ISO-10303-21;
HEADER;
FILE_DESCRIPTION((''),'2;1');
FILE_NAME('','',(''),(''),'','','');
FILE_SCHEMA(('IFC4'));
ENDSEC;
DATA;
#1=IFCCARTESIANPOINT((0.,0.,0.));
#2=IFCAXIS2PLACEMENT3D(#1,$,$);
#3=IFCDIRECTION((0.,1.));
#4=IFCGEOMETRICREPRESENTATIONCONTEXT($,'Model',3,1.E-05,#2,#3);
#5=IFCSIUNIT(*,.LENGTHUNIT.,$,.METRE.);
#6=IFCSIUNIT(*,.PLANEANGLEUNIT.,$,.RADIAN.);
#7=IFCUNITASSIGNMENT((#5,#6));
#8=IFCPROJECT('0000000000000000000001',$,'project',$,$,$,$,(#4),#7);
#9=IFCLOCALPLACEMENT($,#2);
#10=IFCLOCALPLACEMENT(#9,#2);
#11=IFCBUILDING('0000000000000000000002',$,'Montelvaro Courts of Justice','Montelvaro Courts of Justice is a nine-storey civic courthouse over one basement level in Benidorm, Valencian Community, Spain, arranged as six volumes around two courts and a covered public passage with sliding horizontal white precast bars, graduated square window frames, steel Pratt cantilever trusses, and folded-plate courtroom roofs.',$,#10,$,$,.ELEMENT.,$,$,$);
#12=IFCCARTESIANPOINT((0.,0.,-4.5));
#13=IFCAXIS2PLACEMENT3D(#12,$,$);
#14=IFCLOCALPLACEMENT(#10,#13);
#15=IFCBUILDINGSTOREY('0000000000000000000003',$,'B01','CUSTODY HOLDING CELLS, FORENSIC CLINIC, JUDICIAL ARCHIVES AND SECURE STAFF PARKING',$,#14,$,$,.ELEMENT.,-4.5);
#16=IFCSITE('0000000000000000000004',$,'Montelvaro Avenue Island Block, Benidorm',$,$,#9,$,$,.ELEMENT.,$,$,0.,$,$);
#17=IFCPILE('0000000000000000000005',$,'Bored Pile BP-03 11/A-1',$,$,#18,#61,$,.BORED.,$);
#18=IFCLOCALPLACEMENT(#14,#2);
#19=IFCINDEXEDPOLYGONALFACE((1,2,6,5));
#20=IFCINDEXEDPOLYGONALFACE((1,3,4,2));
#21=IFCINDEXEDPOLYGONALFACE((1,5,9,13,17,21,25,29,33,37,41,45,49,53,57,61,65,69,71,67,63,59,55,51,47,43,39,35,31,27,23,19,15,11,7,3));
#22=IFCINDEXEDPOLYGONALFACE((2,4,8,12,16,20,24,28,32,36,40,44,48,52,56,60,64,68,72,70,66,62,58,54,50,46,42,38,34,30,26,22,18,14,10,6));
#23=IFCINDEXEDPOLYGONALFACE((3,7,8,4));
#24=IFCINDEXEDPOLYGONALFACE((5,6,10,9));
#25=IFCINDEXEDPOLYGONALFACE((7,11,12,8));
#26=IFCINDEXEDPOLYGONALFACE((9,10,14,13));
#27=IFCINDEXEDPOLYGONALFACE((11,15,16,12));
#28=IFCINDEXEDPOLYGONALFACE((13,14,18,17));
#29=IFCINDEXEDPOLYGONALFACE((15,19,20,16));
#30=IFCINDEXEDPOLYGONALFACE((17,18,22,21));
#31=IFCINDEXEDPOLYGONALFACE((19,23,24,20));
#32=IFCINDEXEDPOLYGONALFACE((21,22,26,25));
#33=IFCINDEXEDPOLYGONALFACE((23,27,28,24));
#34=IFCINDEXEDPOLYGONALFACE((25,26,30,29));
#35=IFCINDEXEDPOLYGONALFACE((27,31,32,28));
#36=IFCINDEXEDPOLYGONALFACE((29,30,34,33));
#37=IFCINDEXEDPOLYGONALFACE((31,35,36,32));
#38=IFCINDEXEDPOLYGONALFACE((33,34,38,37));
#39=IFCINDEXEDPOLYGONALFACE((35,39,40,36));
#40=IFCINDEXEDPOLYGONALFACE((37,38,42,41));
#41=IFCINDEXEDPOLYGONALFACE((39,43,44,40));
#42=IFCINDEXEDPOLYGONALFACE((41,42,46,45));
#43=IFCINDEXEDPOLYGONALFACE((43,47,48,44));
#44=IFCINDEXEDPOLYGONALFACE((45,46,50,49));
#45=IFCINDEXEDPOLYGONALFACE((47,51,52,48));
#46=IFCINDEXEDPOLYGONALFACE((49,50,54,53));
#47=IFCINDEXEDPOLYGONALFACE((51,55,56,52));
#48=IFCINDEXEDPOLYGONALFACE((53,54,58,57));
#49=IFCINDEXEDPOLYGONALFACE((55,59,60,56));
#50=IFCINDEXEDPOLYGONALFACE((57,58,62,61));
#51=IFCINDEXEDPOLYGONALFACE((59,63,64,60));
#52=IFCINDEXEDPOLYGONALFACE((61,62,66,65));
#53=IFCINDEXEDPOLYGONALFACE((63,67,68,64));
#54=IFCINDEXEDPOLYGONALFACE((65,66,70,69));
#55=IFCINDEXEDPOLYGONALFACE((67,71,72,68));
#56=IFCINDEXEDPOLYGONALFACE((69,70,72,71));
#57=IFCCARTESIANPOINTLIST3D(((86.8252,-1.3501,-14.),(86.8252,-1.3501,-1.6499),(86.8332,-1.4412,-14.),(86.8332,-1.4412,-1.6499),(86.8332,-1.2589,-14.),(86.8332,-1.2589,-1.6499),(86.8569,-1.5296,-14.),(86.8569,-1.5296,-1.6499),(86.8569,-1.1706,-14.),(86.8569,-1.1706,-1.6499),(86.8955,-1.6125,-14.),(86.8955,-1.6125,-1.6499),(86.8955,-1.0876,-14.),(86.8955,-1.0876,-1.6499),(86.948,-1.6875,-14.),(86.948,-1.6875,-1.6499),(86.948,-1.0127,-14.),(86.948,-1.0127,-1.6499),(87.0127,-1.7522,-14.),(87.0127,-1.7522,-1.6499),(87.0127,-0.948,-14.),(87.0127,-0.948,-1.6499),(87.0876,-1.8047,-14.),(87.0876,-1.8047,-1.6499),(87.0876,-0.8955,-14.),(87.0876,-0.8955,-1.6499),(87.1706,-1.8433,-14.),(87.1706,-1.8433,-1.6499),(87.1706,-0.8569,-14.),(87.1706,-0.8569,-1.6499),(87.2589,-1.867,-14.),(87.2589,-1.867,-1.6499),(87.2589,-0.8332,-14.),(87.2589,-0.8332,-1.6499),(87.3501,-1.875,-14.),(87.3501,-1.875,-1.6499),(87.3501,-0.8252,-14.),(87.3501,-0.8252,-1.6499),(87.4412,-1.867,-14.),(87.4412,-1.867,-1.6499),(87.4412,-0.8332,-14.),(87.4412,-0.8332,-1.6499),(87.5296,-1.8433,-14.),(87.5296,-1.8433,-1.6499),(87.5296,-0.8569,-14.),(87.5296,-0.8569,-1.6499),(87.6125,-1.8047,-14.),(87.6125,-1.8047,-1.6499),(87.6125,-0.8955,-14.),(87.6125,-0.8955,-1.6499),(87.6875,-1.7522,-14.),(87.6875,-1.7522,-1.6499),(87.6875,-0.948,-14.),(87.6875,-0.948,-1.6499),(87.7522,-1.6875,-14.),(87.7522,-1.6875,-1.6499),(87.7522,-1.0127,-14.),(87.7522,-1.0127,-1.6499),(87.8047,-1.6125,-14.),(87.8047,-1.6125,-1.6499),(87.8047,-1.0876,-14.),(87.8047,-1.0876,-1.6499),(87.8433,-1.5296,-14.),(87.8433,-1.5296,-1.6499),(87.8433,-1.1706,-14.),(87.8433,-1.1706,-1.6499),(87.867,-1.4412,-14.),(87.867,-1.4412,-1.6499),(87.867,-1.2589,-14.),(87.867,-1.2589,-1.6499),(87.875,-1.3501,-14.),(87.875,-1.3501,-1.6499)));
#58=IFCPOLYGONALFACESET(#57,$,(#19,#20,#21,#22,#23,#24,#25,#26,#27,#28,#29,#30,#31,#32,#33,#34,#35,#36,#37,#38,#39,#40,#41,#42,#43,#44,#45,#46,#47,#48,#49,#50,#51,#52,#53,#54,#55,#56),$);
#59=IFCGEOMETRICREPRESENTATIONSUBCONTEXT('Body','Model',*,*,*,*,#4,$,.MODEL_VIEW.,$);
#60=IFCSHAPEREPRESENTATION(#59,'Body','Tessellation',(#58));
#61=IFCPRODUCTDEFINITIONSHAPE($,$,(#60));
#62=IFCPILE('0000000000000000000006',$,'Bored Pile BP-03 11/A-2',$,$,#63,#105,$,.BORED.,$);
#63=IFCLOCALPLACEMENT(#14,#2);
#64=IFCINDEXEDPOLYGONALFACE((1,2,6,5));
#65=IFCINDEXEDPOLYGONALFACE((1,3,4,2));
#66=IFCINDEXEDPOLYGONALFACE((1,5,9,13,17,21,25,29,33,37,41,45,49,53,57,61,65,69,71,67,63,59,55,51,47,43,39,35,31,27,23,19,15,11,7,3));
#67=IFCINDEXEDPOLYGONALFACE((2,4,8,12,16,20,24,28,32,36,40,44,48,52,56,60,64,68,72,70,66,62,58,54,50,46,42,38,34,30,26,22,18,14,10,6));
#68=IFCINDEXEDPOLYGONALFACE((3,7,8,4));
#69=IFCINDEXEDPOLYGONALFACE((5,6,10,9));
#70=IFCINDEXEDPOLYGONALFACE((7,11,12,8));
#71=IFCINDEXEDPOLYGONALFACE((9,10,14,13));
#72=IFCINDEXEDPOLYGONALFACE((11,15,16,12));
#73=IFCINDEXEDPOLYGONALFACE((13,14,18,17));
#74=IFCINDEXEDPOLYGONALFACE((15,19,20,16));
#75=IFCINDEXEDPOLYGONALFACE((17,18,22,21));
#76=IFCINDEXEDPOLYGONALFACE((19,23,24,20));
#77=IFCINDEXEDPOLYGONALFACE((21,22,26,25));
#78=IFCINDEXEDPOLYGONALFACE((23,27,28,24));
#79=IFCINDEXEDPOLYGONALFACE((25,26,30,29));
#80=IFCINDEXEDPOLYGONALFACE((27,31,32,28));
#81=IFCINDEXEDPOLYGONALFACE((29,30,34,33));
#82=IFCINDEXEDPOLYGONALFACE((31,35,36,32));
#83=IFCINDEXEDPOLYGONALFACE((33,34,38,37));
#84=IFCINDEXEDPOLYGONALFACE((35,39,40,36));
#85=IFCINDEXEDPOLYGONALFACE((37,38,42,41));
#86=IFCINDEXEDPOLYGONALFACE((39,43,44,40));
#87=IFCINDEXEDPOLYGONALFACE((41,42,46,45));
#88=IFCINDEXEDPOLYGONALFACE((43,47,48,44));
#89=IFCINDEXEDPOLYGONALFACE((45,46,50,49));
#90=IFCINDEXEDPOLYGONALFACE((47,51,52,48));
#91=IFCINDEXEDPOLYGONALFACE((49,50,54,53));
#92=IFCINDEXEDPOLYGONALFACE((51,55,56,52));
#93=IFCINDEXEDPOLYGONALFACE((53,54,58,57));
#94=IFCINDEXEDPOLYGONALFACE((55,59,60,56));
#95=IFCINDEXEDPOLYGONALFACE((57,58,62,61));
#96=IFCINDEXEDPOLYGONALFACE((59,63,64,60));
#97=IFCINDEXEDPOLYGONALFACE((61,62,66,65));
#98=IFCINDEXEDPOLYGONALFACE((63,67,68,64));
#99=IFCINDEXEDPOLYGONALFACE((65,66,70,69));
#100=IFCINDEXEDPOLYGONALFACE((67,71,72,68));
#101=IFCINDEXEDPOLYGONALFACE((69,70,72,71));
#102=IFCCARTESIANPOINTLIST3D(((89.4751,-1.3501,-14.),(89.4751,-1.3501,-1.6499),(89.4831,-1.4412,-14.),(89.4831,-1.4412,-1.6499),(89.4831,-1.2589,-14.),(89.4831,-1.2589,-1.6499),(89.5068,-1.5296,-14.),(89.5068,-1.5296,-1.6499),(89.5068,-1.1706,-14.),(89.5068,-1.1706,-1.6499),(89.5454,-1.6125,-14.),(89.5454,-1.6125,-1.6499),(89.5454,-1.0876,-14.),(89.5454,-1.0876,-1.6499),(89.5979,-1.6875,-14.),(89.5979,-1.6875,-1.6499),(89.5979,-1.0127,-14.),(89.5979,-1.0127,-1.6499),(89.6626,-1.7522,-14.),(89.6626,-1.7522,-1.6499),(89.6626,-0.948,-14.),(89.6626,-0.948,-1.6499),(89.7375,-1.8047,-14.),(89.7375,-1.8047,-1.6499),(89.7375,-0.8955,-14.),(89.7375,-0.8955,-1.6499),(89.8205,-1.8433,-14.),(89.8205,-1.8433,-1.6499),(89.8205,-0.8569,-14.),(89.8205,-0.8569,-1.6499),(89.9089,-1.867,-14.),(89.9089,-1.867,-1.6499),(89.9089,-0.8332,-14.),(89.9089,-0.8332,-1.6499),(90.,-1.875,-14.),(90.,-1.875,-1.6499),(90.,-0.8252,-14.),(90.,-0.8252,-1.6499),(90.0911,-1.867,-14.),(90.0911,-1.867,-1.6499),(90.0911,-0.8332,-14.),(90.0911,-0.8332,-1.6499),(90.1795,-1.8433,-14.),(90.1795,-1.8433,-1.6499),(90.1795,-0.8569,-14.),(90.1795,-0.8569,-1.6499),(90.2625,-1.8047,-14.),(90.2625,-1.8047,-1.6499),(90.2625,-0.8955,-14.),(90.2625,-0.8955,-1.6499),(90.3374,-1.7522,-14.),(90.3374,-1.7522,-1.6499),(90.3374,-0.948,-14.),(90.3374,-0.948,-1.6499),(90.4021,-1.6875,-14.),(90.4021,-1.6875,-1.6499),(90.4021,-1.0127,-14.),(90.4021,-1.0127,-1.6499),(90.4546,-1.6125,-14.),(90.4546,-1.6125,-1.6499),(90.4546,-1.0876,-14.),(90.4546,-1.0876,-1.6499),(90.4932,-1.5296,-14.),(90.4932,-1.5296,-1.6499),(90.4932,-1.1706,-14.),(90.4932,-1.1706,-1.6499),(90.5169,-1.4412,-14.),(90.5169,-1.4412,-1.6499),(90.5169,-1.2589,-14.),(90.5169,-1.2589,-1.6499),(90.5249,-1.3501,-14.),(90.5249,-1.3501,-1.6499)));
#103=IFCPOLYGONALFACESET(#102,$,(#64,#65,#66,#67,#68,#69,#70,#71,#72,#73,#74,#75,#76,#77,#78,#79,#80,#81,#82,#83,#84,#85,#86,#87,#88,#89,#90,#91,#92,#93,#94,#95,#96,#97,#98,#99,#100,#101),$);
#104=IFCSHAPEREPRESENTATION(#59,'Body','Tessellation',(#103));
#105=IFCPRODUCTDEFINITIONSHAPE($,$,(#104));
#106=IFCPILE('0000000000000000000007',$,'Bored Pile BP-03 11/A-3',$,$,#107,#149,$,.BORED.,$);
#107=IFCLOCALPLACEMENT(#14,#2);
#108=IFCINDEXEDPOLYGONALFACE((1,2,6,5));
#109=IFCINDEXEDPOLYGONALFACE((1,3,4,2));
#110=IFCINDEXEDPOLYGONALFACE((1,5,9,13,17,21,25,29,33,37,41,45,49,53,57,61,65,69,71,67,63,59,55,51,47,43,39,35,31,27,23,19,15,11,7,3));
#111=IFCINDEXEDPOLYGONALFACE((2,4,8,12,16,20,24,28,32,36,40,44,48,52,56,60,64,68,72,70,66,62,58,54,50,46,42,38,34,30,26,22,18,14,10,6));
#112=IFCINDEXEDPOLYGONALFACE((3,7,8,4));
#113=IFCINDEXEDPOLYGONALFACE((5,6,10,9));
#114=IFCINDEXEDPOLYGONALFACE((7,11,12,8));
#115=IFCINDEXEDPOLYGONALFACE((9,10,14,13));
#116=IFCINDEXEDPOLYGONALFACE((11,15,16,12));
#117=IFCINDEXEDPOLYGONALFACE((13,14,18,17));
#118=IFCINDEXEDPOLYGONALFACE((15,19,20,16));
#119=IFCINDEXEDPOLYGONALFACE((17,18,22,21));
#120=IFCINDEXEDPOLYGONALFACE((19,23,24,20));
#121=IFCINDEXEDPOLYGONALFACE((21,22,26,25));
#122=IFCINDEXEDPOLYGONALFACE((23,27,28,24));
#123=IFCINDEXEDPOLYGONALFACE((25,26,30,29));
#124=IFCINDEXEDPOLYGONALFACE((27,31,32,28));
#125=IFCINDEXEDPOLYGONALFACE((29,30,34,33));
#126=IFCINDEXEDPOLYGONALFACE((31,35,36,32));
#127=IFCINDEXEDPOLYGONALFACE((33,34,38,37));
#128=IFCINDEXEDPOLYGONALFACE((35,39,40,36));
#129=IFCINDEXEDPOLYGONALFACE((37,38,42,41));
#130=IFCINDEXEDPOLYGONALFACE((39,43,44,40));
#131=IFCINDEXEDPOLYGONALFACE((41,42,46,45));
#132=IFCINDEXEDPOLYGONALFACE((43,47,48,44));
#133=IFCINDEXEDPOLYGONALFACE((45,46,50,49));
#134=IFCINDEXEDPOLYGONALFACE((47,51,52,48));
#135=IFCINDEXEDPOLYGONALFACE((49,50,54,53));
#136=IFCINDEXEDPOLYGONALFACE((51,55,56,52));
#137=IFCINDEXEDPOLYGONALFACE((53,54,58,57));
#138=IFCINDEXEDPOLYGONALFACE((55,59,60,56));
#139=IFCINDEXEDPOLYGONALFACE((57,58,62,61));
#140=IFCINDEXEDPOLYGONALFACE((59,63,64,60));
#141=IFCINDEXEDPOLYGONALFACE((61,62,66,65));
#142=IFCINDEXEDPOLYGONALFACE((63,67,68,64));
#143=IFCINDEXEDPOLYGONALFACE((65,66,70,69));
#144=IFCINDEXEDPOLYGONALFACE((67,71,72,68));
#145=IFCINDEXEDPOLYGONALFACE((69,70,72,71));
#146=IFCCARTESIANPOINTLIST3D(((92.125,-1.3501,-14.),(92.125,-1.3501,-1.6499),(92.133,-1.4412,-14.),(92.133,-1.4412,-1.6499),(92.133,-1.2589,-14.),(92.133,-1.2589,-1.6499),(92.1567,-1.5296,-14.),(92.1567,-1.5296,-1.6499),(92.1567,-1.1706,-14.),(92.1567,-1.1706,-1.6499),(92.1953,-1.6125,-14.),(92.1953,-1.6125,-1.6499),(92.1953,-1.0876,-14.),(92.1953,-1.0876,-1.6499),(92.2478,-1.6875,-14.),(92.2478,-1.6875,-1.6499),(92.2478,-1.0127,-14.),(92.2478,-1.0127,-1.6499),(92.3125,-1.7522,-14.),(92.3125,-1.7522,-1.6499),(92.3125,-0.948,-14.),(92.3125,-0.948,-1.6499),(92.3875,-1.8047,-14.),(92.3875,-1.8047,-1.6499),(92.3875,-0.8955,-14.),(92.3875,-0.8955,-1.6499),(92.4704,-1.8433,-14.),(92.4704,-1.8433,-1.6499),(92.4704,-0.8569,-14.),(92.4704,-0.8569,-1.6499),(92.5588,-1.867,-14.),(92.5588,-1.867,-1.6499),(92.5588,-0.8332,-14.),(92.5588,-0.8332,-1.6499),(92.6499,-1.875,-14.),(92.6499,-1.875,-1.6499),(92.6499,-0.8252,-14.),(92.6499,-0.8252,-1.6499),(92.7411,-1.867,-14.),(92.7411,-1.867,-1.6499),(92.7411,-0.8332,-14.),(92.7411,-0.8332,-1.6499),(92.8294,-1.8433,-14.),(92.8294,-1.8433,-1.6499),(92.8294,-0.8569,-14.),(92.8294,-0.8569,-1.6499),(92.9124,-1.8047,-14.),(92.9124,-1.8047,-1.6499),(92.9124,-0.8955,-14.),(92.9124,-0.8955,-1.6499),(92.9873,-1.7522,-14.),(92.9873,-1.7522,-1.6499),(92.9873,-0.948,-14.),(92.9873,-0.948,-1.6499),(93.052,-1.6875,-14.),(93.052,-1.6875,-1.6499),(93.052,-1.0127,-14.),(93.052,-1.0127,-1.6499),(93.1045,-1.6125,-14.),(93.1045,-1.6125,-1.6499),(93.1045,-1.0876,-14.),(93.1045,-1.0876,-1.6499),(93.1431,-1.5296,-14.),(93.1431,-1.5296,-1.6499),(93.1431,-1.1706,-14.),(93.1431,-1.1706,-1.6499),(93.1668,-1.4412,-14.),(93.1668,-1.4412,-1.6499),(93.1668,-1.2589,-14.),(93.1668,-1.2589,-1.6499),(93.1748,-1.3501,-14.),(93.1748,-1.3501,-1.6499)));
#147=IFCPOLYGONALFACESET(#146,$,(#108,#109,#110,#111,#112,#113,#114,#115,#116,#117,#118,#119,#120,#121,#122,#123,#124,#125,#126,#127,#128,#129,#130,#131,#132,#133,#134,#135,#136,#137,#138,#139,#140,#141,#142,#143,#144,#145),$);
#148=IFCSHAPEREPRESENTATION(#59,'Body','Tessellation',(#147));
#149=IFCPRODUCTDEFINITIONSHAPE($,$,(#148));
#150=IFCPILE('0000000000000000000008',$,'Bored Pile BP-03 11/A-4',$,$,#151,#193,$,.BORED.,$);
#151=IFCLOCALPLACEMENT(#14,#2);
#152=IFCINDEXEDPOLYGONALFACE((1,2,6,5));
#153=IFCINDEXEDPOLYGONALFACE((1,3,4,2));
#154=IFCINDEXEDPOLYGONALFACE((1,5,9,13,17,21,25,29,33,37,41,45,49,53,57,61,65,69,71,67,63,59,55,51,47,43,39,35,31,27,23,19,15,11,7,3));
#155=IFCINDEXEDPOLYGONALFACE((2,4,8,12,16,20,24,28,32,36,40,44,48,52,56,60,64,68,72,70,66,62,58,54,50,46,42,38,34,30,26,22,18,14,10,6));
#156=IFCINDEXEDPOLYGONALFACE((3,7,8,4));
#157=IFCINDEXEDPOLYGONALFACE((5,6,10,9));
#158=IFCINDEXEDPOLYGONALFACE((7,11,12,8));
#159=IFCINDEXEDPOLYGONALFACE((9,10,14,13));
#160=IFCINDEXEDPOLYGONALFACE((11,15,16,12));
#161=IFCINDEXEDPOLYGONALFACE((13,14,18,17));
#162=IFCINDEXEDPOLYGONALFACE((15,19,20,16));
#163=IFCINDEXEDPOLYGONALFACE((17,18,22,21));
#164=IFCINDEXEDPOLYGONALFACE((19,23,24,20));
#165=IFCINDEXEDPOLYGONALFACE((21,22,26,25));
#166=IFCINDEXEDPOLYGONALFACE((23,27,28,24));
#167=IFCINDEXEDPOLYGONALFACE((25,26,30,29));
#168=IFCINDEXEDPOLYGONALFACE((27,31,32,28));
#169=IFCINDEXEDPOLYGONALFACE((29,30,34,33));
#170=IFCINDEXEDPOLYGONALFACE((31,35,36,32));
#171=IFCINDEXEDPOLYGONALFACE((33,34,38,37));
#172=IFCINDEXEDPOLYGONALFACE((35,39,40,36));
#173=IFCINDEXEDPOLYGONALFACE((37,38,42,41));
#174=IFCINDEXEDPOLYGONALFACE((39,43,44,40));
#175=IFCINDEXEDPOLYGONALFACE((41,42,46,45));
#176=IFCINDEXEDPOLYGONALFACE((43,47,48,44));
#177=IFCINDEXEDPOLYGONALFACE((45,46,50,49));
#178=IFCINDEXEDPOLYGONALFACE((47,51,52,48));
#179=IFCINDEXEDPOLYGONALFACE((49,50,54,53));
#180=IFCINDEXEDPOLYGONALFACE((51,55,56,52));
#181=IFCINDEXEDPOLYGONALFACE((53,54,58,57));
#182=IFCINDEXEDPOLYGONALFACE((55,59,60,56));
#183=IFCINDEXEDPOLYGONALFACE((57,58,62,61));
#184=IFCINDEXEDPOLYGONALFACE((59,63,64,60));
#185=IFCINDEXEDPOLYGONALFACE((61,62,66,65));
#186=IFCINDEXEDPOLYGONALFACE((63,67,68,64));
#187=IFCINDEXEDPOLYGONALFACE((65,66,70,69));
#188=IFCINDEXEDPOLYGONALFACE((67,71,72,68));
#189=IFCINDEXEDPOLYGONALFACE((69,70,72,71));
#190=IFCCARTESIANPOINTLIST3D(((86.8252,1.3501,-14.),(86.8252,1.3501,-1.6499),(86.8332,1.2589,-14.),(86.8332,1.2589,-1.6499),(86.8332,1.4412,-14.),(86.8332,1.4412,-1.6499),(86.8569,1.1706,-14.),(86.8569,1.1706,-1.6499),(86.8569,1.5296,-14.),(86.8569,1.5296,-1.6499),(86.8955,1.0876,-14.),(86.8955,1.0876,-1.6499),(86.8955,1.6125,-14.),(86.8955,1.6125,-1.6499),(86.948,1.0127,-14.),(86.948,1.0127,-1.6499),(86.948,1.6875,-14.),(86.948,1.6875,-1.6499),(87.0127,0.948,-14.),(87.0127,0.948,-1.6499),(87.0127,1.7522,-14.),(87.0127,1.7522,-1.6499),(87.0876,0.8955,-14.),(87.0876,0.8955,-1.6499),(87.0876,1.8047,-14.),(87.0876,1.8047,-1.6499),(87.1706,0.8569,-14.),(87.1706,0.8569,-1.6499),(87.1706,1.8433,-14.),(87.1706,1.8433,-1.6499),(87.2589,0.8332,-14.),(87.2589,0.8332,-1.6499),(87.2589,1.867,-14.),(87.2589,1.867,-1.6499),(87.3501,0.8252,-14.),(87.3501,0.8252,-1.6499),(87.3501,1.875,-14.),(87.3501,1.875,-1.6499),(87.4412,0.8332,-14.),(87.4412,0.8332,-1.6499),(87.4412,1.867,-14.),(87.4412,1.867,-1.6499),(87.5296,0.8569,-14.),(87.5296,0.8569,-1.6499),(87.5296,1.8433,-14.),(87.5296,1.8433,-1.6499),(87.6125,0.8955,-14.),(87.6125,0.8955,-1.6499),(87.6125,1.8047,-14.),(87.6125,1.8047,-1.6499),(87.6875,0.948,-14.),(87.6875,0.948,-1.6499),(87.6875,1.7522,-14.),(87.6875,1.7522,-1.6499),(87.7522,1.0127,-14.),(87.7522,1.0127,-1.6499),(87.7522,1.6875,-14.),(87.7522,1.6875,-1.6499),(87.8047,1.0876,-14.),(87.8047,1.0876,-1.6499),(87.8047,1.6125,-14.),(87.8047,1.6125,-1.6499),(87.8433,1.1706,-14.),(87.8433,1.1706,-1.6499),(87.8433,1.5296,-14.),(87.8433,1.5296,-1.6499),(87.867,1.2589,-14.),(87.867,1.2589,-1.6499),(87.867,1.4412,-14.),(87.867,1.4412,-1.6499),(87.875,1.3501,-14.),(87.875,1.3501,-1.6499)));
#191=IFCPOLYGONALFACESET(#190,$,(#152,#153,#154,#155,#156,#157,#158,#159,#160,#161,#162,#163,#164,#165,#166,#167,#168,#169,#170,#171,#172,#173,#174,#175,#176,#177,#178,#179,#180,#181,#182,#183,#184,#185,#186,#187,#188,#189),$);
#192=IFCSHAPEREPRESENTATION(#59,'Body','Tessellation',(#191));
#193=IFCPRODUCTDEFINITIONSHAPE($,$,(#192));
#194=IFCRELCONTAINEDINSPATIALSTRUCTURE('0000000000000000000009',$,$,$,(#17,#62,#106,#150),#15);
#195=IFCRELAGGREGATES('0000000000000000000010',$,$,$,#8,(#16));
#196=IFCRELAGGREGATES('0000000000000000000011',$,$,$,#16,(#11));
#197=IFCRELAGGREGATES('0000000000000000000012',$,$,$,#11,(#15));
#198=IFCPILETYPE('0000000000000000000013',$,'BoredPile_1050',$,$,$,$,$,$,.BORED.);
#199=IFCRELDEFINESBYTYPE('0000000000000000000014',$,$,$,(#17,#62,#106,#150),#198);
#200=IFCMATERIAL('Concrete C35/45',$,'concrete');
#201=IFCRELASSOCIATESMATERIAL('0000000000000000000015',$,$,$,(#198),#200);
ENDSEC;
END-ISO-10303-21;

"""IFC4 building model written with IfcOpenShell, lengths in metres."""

from ifc_helpers import new_model, si_unit, direction, frame, origin, origin_2d, place, context, subcontext, project, spatial, circle, extrude, material, material_profile, profile_set, type_object, element, save


model = new_model("IFC4")

# Units and contexts
model_context = context("Model", 3, precision=1e-05, world=origin(), true_north=direction((0.0, 1.0)))
body_context = subcontext(model_context, "Body", "Model", "MODEL_VIEW")
ifc_project = project(units=[si_unit("LENGTHUNIT", "METRE"), si_unit("PLANEANGLEUNIT", "RADIAN")], contexts=[model_context])

# Site, building, storey
site_placement = place(None, origin())
site = spatial("IfcSite", under=ifc_project, at=site_placement, Name="Montelvaro Avenue Island Block, Benidorm", CompositionType="ELEMENT", RefElevation=0.0)
building_placement = place(site_placement, origin())
building = spatial("IfcBuilding", under=site, at=building_placement, Name="Montelvaro Courts of Justice", Description="Montelvaro Courts of Justice is a nine-storey civic courthouse over one basement level in Benidorm, Valencian Community, Spain, arranged as six volumes around two courts and a covered public passage with sliding horizontal white precast bars, graduated square window frames, steel Pratt cantilever trusses, and folded-plate courtroom roofs.", CompositionType="ELEMENT")
storey_placement = place(building_placement, frame((0.0, 0.0, -4.5)))
storey = spatial("IfcBuildingStorey", under=building, at=storey_placement, Name="B01", Description="CUSTODY HOLDING CELLS, FORENSIC CLINIC, JUDICIAL ARCHIVES AND SECURE STAFF PARKING", CompositionType="ELEMENT", Elevation=-4.5)

# Piles
ifc_material_1 = material(Name="Concrete C35/45", Category="concrete")
ifc_material_profile_1 = material_profile(ifc_material_1, circle(Radius=0.5249, at=origin_2d()), Name="BORED PILE D1050")
ifc_profile_set_1 = profile_set([ifc_material_profile_1], Name="Concrete C35/45")
pile_type_1 = type_object("IfcPileType", Name="BoredPile_1050", PredefinedType="BORED", material=ifc_profile_set_1)
for number, where, z_axis, x_axis, name in (
    (1, (87.3501, -1.3501, -1.6499), (0.0, 0.0, -1.0), (1.0, 0.0, 0.0), "Bored Pile BP-03 11/A-1"),
    (2, (90.0, -1.3501, -1.6499), (0.0, 0.0, -1.0), (1.0, 0.0, 0.0), "Bored Pile BP-03 11/A-2"),
    (3, (92.6499, -1.3501, -1.6499), (0.0, 0.0, -1.0), (1.0, 0.0, 0.0), "Bored Pile BP-03 11/A-3"),
    (4, (87.3501, 1.3501, -1.6499), (0.0, 0.0, -1.0), (1.0, 0.0, 0.0), "Bored Pile BP-03 11/A-4"),
):
    element("IfcPile", number, at=place(storey_placement, frame(where, z_axis=z_axis, x_axis=x_axis)), inside=storey, type_object=pile_type_1, Name=name, PredefinedType="BORED", context=body_context, shape_type="SweptSolid", body=[
        extrude(circle(Radius=0.5249, at=origin_2d()), origin(), (0.0, 0.0, 1.0), 12.3501),
    ])

save(model, "model.ifc")
